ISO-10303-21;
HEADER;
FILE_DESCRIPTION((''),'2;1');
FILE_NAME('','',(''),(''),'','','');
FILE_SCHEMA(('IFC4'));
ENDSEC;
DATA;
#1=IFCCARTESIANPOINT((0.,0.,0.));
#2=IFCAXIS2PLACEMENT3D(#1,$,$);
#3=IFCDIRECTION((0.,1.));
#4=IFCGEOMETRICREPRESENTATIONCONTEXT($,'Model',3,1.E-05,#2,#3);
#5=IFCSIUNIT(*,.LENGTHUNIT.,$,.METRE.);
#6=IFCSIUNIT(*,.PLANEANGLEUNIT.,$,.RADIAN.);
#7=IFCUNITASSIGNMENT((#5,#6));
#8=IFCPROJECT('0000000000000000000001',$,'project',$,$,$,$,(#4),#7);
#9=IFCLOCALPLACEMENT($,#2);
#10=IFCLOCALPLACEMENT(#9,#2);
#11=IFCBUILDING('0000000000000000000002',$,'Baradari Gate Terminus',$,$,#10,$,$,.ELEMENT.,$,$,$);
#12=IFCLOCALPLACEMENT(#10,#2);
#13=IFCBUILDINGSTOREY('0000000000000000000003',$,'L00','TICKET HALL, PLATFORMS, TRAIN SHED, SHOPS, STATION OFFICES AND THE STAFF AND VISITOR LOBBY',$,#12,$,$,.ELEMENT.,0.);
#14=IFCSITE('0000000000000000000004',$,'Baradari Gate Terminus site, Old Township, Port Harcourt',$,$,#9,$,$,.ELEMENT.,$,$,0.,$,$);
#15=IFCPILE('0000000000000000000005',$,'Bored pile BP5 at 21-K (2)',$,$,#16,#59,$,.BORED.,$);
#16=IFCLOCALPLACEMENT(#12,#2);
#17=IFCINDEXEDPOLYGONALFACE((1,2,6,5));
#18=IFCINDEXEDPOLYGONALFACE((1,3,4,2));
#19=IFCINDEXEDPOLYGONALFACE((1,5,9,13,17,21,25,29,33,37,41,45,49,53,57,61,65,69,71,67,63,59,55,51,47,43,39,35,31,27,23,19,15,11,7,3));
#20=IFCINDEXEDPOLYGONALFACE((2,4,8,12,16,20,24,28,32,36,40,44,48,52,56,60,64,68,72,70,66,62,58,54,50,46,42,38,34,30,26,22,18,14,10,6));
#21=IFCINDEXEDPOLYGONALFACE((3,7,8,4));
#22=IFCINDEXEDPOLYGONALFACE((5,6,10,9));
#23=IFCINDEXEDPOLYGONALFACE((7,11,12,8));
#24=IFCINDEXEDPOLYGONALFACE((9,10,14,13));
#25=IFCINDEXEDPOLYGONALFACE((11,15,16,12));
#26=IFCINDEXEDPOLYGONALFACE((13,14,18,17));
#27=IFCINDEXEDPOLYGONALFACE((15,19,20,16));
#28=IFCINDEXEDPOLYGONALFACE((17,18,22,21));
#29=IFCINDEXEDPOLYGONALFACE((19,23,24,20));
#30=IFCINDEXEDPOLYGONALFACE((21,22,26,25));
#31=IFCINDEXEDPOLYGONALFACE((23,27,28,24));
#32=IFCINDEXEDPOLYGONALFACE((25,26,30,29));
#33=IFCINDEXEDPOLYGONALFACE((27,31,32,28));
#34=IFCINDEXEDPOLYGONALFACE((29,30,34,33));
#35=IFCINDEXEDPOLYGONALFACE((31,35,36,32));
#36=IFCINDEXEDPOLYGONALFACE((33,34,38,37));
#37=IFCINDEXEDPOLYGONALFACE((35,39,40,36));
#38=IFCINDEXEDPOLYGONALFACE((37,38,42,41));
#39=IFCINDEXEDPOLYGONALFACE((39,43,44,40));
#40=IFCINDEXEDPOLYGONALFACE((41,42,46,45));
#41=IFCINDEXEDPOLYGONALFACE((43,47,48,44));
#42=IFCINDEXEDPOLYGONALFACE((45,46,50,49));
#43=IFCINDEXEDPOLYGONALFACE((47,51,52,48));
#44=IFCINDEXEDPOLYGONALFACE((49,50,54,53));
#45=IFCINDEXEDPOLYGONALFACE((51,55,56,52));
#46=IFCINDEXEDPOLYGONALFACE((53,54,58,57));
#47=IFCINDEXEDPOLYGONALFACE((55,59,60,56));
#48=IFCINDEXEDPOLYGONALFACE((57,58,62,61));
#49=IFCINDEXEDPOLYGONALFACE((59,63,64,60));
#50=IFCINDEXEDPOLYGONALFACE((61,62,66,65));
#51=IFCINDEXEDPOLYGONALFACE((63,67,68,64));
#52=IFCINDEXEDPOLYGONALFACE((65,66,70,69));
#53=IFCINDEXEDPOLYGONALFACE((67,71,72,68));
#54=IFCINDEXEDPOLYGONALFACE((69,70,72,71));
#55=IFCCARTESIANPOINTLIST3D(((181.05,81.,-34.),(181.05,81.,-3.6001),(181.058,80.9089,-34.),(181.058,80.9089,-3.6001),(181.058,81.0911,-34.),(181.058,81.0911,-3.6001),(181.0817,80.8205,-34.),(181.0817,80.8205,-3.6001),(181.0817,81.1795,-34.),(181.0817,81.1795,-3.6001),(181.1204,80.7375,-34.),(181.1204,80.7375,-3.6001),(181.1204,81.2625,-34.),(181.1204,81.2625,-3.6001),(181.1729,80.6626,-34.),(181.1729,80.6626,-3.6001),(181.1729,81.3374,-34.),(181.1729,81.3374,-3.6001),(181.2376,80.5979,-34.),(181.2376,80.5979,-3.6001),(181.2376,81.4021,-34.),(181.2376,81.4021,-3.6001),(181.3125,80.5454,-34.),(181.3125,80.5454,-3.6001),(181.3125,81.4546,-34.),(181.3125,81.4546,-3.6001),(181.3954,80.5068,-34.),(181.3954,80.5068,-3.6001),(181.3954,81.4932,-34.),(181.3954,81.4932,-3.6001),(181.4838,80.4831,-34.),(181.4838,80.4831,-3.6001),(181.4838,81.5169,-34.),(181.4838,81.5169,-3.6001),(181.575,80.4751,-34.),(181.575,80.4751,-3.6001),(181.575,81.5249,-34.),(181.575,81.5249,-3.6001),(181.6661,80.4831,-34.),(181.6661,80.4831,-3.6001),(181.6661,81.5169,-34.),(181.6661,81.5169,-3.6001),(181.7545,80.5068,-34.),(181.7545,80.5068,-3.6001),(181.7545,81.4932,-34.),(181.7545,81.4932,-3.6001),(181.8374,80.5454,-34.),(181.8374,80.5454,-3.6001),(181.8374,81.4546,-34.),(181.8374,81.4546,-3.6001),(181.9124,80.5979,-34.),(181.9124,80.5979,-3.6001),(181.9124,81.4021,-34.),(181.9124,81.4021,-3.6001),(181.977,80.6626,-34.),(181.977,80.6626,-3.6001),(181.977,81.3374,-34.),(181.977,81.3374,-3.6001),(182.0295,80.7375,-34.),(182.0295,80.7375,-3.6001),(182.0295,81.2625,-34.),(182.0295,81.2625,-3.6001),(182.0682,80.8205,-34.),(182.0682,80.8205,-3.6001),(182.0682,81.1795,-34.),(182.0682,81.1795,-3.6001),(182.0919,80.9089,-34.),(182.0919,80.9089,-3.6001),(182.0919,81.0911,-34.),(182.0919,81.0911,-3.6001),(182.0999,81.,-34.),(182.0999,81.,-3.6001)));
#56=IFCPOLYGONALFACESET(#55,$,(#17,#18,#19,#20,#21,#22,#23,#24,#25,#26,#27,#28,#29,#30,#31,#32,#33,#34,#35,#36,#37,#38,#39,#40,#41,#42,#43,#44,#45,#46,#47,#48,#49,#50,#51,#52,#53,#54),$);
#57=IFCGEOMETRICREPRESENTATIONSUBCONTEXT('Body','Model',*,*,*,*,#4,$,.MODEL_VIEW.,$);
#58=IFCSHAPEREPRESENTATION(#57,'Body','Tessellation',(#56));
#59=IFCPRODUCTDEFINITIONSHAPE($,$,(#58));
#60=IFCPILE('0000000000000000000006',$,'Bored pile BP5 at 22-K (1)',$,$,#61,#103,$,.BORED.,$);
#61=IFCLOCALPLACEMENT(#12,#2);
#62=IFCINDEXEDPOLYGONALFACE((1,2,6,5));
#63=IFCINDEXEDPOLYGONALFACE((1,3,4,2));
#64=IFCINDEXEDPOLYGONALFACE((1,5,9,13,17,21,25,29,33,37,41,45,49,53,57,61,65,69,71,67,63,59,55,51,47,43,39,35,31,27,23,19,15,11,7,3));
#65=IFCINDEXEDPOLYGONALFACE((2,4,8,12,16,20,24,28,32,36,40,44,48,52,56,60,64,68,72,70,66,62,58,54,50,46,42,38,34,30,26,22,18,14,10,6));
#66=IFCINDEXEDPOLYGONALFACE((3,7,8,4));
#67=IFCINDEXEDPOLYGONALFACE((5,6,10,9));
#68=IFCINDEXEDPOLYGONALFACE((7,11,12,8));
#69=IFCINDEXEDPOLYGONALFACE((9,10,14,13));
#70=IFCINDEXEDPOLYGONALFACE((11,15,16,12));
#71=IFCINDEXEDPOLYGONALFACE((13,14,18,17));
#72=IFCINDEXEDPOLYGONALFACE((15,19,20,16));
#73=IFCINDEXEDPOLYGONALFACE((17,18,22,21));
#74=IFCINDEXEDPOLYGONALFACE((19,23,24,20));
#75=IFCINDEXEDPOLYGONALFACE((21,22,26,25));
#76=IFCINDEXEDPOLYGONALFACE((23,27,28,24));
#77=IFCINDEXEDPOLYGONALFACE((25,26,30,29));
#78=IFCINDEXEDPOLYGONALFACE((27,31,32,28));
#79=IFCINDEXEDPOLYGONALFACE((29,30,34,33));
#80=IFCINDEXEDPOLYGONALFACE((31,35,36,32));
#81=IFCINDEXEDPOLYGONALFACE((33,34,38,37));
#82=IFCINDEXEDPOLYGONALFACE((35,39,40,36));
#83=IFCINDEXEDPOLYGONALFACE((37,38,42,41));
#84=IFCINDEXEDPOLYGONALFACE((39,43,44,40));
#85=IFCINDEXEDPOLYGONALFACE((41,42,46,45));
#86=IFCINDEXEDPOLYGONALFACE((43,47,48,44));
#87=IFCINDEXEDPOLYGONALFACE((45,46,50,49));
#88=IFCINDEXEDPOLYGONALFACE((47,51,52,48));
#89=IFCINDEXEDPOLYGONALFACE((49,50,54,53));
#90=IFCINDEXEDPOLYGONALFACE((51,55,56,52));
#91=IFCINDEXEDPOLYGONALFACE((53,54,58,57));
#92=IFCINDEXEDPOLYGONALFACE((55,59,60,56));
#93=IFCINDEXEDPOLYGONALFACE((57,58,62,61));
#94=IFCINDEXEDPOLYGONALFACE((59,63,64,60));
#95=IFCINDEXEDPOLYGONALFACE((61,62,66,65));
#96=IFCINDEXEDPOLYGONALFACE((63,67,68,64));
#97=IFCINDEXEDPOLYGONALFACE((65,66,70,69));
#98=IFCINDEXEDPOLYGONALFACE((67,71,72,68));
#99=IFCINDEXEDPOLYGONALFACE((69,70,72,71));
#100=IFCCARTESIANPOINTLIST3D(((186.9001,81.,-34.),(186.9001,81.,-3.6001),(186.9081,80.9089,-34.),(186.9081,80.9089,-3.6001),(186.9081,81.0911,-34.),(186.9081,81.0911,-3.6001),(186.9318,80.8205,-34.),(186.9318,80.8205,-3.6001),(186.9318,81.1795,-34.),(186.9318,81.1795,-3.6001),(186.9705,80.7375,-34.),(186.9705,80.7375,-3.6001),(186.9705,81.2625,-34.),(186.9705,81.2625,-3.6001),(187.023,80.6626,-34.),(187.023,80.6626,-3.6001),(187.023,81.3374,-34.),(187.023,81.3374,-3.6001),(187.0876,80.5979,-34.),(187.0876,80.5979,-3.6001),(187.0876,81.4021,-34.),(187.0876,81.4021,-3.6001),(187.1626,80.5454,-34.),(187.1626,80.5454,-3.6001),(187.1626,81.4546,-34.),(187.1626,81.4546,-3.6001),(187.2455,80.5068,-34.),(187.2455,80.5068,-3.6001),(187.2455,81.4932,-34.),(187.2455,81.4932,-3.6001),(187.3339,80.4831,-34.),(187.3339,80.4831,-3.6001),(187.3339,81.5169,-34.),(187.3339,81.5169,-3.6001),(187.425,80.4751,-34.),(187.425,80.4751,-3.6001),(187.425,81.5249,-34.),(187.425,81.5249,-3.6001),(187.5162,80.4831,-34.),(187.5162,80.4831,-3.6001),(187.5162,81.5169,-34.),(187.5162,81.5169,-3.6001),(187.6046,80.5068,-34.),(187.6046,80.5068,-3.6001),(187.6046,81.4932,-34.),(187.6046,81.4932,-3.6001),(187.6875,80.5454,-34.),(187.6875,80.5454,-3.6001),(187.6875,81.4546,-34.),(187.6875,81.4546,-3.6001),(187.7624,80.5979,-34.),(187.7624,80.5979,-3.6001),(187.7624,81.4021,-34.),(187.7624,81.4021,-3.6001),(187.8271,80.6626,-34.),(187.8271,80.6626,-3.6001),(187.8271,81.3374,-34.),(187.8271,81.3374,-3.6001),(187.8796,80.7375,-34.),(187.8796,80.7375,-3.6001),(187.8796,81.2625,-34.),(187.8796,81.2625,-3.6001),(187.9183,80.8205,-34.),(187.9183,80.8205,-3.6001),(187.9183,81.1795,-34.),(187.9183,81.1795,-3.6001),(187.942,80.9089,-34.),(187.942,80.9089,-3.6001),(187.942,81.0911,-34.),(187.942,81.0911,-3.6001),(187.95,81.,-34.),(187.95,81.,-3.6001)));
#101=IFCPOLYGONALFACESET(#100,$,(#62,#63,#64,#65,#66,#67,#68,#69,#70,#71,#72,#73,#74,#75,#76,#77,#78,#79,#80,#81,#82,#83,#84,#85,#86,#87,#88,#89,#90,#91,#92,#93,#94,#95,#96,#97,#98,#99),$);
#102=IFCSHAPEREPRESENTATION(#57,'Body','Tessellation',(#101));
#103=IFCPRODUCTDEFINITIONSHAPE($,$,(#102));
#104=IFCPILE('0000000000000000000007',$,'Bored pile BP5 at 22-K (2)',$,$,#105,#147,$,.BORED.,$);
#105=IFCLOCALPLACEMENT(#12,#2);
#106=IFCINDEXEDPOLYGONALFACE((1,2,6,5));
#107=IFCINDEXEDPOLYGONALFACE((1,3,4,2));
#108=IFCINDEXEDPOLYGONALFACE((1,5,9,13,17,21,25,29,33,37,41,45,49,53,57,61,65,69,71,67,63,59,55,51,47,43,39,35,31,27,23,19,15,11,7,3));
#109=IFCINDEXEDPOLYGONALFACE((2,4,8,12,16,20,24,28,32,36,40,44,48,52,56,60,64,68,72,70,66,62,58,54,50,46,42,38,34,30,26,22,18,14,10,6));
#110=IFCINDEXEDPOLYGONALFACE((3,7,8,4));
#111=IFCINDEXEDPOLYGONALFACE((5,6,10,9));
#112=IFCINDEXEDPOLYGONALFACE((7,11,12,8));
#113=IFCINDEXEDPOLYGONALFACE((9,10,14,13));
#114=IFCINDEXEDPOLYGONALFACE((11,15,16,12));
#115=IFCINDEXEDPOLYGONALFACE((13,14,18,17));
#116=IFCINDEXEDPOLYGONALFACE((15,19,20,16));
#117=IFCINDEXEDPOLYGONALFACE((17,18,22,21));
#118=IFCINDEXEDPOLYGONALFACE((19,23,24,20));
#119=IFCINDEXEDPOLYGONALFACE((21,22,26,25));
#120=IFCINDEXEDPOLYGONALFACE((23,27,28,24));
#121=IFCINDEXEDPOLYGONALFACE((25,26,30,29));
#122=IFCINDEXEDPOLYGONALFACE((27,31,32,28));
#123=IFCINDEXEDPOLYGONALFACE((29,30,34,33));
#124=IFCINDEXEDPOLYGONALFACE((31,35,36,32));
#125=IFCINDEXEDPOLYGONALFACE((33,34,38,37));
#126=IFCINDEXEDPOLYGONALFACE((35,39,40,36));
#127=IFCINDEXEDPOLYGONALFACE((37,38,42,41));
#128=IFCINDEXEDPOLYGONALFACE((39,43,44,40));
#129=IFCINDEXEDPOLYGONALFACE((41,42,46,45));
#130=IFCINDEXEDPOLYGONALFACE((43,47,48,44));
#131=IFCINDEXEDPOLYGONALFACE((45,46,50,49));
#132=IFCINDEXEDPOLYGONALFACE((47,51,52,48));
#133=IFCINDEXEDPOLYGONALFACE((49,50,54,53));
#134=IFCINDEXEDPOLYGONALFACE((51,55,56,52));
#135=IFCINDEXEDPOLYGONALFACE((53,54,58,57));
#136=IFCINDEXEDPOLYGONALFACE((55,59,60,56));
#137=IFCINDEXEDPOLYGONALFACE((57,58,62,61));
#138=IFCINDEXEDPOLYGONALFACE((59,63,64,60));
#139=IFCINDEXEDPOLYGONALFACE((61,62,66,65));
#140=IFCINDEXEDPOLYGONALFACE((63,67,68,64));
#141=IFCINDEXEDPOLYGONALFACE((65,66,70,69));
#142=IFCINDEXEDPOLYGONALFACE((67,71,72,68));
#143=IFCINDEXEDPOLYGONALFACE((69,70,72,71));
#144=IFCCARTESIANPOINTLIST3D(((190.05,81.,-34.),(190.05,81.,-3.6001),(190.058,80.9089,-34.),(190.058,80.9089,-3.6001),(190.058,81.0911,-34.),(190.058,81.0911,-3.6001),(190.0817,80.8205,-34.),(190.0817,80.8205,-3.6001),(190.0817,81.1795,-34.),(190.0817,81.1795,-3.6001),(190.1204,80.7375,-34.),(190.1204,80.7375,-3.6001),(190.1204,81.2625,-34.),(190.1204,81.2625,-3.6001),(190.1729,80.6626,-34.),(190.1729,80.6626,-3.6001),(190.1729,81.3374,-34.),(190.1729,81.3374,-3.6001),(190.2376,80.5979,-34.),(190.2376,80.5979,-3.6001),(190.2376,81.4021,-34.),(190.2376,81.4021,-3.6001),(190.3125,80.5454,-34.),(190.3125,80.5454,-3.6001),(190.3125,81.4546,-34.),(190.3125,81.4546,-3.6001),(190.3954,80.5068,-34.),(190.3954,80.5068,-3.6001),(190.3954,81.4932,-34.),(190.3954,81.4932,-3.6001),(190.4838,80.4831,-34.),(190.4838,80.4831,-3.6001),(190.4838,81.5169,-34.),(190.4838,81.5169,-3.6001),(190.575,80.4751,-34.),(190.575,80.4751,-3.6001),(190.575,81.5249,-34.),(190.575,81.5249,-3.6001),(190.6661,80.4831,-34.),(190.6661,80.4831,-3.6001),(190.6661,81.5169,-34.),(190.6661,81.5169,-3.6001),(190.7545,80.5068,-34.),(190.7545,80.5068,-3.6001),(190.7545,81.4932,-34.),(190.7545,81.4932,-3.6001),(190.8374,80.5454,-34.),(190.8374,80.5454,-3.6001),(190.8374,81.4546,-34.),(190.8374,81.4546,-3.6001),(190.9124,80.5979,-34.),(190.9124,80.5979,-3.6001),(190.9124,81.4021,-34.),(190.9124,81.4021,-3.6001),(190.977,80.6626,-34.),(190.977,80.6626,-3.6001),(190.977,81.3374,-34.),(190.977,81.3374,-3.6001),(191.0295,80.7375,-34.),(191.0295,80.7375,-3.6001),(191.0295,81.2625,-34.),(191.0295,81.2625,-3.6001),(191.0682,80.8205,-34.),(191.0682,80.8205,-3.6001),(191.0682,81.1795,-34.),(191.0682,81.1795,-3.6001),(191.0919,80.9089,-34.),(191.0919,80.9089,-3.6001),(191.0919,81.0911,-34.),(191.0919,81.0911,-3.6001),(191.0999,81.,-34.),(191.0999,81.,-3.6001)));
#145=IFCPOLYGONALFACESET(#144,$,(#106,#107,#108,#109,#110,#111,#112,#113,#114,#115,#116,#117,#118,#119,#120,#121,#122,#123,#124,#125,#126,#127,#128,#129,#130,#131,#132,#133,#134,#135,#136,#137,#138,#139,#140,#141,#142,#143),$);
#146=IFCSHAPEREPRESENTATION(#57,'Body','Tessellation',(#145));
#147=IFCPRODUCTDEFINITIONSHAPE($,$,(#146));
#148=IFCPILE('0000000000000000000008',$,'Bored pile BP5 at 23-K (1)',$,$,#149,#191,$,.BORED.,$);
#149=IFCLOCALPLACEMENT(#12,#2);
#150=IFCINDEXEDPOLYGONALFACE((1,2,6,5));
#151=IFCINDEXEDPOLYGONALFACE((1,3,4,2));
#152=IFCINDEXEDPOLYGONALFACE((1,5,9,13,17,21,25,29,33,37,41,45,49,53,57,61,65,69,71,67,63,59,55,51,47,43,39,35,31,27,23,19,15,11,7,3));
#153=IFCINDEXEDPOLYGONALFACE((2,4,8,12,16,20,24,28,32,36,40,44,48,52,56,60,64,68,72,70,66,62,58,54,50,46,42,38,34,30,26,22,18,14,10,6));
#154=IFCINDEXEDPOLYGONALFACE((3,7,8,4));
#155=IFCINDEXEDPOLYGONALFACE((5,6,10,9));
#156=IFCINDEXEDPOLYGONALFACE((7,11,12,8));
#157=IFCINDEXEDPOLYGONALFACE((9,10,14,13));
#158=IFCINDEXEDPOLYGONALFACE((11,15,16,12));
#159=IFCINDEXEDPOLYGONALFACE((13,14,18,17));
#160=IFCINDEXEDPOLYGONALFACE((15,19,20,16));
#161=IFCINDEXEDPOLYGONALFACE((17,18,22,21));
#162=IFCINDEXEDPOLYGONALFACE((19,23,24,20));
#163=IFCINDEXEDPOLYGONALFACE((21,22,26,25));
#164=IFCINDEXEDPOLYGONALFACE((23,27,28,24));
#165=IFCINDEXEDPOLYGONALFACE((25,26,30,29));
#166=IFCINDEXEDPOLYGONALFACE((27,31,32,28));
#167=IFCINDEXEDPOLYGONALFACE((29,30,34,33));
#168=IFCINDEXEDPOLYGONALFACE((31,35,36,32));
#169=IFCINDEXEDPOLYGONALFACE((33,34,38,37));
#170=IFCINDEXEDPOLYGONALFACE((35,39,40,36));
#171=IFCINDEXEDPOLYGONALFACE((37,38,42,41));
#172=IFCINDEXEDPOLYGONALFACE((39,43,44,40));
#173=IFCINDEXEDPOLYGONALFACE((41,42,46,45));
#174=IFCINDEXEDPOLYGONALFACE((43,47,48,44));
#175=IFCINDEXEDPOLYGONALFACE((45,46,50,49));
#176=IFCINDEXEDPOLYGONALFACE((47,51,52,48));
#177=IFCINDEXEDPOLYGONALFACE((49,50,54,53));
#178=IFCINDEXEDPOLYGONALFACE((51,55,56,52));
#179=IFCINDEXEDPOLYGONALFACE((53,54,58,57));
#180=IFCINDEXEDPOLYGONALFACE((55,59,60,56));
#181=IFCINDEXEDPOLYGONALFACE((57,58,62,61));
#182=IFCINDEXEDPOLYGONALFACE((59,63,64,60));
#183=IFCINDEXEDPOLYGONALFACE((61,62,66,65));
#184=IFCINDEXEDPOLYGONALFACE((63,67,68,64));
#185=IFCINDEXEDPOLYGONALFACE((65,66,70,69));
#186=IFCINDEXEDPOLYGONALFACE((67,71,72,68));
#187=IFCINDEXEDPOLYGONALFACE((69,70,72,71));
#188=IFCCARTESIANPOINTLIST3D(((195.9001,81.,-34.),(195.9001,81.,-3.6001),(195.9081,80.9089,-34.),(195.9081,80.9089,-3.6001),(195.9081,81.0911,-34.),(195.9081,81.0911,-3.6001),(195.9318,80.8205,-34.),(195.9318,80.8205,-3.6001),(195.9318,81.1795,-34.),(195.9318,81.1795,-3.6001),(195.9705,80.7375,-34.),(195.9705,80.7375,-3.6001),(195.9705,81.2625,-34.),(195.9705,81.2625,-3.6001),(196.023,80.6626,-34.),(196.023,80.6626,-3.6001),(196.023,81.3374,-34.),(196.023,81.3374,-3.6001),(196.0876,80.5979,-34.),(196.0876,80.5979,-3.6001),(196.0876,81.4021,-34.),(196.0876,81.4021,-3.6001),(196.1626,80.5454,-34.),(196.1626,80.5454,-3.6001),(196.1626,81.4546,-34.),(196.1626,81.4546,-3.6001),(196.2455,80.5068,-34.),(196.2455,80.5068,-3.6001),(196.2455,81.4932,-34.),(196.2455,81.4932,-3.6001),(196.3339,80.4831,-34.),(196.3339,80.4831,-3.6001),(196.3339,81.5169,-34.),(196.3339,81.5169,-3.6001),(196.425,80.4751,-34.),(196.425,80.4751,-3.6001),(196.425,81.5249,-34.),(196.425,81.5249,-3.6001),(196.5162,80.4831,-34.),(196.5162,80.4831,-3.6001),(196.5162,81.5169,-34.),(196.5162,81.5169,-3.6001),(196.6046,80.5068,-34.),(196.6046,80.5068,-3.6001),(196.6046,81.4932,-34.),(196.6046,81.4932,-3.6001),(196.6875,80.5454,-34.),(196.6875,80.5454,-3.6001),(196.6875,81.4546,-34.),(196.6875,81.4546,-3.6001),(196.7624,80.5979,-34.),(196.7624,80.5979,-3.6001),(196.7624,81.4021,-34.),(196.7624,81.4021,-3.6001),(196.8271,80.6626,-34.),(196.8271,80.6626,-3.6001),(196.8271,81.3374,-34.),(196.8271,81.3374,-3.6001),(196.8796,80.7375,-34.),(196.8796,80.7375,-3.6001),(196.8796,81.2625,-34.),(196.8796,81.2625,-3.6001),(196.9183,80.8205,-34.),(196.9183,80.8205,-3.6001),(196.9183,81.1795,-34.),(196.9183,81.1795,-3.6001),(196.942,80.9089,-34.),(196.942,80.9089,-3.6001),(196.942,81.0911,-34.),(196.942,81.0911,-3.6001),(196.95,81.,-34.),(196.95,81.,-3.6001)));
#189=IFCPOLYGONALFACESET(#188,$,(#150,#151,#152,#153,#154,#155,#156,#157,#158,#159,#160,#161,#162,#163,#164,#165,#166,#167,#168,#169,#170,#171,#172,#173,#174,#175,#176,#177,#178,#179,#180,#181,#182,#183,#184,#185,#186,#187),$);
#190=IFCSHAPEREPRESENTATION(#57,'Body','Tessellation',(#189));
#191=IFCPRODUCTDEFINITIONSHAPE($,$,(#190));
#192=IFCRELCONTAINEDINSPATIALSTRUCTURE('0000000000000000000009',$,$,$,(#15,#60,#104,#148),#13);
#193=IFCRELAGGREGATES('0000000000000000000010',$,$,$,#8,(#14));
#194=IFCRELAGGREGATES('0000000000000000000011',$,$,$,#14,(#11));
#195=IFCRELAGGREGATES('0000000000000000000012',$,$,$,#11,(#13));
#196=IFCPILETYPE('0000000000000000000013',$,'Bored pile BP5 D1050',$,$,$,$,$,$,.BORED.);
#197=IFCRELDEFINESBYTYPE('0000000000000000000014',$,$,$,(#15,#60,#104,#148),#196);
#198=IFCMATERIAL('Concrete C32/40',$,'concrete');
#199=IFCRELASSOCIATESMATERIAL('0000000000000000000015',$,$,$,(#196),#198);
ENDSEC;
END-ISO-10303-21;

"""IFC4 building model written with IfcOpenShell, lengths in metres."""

from ifc_helpers import new_model, si_unit, direction, frame, origin, origin_2d, place, context, subcontext, project, spatial, circle, extrude, material, type_object, element, save


model = new_model("IFC4")

# Units and contexts
model_context = context("Model", 3, precision=1e-05, world=origin(), true_north=direction((0.0, 1.0)))
body_context = subcontext(model_context, "Body", "Model", "MODEL_VIEW")
ifc_project = project(units=[si_unit("LENGTHUNIT", "METRE"), si_unit("PLANEANGLEUNIT", "RADIAN")], contexts=[model_context])

# Site, building, storey
site_placement = place(None, origin())
site = spatial("IfcSite", under=ifc_project, at=site_placement, Name="Baradari Gate Terminus site, Old Township, Port Harcourt", CompositionType="ELEMENT", RefElevation=0.0)
building_placement = place(site_placement, origin())
building = spatial("IfcBuilding", under=site, at=building_placement, Name="Baradari Gate Terminus", CompositionType="ELEMENT")
storey_placement = place(building_placement, origin())
storey = spatial("IfcBuildingStorey", under=building, at=storey_placement, Name="L00", Description="TICKET HALL, PLATFORMS, TRAIN SHED, SHOPS, STATION OFFICES AND THE STAFF AND VISITOR LOBBY", CompositionType="ELEMENT", Elevation=0.0)

# Piles
ifc_material_1 = material(Name="Concrete C32/40", Category="concrete")
pile_type = type_object("IfcPileType", Name="Bored pile BP5 D1050", PredefinedType="BORED", material=ifc_material_1)
for number, where, z_axis, x_axis, name in (
    (1, (181.575, 81.0, -3.6001), (0.0, 0.0, -1.0), (1.0, 0.0, 0.0), "Bored pile BP5 at 21-K (2)"),
    (2, (187.425, 81.0, -3.6001), (0.0, 0.0, -1.0), (1.0, 0.0, 0.0), "Bored pile BP5 at 22-K (1)"),
    (3, (190.575, 81.0, -3.6001), (0.0, 0.0, -1.0), (1.0, 0.0, 0.0), "Bored pile BP5 at 22-K (2)"),
    (4, (196.425, 81.0, -3.6001), (0.0, 0.0, -1.0), (1.0, 0.0, 0.0), "Bored pile BP5 at 23-K (1)"),
):
    element("IfcPile", number, at=place(storey_placement, frame(where, z_axis=z_axis, x_axis=x_axis)), inside=storey, type_object=pile_type, Name=name, PredefinedType="BORED", context=body_context, shape_type="SweptSolid", body=[
        extrude(circle(Radius=0.5249, at=origin_2d()), origin(), (0.0, 0.0, 1.0), 30.3999),
    ])

save(model, "model.ifc")
